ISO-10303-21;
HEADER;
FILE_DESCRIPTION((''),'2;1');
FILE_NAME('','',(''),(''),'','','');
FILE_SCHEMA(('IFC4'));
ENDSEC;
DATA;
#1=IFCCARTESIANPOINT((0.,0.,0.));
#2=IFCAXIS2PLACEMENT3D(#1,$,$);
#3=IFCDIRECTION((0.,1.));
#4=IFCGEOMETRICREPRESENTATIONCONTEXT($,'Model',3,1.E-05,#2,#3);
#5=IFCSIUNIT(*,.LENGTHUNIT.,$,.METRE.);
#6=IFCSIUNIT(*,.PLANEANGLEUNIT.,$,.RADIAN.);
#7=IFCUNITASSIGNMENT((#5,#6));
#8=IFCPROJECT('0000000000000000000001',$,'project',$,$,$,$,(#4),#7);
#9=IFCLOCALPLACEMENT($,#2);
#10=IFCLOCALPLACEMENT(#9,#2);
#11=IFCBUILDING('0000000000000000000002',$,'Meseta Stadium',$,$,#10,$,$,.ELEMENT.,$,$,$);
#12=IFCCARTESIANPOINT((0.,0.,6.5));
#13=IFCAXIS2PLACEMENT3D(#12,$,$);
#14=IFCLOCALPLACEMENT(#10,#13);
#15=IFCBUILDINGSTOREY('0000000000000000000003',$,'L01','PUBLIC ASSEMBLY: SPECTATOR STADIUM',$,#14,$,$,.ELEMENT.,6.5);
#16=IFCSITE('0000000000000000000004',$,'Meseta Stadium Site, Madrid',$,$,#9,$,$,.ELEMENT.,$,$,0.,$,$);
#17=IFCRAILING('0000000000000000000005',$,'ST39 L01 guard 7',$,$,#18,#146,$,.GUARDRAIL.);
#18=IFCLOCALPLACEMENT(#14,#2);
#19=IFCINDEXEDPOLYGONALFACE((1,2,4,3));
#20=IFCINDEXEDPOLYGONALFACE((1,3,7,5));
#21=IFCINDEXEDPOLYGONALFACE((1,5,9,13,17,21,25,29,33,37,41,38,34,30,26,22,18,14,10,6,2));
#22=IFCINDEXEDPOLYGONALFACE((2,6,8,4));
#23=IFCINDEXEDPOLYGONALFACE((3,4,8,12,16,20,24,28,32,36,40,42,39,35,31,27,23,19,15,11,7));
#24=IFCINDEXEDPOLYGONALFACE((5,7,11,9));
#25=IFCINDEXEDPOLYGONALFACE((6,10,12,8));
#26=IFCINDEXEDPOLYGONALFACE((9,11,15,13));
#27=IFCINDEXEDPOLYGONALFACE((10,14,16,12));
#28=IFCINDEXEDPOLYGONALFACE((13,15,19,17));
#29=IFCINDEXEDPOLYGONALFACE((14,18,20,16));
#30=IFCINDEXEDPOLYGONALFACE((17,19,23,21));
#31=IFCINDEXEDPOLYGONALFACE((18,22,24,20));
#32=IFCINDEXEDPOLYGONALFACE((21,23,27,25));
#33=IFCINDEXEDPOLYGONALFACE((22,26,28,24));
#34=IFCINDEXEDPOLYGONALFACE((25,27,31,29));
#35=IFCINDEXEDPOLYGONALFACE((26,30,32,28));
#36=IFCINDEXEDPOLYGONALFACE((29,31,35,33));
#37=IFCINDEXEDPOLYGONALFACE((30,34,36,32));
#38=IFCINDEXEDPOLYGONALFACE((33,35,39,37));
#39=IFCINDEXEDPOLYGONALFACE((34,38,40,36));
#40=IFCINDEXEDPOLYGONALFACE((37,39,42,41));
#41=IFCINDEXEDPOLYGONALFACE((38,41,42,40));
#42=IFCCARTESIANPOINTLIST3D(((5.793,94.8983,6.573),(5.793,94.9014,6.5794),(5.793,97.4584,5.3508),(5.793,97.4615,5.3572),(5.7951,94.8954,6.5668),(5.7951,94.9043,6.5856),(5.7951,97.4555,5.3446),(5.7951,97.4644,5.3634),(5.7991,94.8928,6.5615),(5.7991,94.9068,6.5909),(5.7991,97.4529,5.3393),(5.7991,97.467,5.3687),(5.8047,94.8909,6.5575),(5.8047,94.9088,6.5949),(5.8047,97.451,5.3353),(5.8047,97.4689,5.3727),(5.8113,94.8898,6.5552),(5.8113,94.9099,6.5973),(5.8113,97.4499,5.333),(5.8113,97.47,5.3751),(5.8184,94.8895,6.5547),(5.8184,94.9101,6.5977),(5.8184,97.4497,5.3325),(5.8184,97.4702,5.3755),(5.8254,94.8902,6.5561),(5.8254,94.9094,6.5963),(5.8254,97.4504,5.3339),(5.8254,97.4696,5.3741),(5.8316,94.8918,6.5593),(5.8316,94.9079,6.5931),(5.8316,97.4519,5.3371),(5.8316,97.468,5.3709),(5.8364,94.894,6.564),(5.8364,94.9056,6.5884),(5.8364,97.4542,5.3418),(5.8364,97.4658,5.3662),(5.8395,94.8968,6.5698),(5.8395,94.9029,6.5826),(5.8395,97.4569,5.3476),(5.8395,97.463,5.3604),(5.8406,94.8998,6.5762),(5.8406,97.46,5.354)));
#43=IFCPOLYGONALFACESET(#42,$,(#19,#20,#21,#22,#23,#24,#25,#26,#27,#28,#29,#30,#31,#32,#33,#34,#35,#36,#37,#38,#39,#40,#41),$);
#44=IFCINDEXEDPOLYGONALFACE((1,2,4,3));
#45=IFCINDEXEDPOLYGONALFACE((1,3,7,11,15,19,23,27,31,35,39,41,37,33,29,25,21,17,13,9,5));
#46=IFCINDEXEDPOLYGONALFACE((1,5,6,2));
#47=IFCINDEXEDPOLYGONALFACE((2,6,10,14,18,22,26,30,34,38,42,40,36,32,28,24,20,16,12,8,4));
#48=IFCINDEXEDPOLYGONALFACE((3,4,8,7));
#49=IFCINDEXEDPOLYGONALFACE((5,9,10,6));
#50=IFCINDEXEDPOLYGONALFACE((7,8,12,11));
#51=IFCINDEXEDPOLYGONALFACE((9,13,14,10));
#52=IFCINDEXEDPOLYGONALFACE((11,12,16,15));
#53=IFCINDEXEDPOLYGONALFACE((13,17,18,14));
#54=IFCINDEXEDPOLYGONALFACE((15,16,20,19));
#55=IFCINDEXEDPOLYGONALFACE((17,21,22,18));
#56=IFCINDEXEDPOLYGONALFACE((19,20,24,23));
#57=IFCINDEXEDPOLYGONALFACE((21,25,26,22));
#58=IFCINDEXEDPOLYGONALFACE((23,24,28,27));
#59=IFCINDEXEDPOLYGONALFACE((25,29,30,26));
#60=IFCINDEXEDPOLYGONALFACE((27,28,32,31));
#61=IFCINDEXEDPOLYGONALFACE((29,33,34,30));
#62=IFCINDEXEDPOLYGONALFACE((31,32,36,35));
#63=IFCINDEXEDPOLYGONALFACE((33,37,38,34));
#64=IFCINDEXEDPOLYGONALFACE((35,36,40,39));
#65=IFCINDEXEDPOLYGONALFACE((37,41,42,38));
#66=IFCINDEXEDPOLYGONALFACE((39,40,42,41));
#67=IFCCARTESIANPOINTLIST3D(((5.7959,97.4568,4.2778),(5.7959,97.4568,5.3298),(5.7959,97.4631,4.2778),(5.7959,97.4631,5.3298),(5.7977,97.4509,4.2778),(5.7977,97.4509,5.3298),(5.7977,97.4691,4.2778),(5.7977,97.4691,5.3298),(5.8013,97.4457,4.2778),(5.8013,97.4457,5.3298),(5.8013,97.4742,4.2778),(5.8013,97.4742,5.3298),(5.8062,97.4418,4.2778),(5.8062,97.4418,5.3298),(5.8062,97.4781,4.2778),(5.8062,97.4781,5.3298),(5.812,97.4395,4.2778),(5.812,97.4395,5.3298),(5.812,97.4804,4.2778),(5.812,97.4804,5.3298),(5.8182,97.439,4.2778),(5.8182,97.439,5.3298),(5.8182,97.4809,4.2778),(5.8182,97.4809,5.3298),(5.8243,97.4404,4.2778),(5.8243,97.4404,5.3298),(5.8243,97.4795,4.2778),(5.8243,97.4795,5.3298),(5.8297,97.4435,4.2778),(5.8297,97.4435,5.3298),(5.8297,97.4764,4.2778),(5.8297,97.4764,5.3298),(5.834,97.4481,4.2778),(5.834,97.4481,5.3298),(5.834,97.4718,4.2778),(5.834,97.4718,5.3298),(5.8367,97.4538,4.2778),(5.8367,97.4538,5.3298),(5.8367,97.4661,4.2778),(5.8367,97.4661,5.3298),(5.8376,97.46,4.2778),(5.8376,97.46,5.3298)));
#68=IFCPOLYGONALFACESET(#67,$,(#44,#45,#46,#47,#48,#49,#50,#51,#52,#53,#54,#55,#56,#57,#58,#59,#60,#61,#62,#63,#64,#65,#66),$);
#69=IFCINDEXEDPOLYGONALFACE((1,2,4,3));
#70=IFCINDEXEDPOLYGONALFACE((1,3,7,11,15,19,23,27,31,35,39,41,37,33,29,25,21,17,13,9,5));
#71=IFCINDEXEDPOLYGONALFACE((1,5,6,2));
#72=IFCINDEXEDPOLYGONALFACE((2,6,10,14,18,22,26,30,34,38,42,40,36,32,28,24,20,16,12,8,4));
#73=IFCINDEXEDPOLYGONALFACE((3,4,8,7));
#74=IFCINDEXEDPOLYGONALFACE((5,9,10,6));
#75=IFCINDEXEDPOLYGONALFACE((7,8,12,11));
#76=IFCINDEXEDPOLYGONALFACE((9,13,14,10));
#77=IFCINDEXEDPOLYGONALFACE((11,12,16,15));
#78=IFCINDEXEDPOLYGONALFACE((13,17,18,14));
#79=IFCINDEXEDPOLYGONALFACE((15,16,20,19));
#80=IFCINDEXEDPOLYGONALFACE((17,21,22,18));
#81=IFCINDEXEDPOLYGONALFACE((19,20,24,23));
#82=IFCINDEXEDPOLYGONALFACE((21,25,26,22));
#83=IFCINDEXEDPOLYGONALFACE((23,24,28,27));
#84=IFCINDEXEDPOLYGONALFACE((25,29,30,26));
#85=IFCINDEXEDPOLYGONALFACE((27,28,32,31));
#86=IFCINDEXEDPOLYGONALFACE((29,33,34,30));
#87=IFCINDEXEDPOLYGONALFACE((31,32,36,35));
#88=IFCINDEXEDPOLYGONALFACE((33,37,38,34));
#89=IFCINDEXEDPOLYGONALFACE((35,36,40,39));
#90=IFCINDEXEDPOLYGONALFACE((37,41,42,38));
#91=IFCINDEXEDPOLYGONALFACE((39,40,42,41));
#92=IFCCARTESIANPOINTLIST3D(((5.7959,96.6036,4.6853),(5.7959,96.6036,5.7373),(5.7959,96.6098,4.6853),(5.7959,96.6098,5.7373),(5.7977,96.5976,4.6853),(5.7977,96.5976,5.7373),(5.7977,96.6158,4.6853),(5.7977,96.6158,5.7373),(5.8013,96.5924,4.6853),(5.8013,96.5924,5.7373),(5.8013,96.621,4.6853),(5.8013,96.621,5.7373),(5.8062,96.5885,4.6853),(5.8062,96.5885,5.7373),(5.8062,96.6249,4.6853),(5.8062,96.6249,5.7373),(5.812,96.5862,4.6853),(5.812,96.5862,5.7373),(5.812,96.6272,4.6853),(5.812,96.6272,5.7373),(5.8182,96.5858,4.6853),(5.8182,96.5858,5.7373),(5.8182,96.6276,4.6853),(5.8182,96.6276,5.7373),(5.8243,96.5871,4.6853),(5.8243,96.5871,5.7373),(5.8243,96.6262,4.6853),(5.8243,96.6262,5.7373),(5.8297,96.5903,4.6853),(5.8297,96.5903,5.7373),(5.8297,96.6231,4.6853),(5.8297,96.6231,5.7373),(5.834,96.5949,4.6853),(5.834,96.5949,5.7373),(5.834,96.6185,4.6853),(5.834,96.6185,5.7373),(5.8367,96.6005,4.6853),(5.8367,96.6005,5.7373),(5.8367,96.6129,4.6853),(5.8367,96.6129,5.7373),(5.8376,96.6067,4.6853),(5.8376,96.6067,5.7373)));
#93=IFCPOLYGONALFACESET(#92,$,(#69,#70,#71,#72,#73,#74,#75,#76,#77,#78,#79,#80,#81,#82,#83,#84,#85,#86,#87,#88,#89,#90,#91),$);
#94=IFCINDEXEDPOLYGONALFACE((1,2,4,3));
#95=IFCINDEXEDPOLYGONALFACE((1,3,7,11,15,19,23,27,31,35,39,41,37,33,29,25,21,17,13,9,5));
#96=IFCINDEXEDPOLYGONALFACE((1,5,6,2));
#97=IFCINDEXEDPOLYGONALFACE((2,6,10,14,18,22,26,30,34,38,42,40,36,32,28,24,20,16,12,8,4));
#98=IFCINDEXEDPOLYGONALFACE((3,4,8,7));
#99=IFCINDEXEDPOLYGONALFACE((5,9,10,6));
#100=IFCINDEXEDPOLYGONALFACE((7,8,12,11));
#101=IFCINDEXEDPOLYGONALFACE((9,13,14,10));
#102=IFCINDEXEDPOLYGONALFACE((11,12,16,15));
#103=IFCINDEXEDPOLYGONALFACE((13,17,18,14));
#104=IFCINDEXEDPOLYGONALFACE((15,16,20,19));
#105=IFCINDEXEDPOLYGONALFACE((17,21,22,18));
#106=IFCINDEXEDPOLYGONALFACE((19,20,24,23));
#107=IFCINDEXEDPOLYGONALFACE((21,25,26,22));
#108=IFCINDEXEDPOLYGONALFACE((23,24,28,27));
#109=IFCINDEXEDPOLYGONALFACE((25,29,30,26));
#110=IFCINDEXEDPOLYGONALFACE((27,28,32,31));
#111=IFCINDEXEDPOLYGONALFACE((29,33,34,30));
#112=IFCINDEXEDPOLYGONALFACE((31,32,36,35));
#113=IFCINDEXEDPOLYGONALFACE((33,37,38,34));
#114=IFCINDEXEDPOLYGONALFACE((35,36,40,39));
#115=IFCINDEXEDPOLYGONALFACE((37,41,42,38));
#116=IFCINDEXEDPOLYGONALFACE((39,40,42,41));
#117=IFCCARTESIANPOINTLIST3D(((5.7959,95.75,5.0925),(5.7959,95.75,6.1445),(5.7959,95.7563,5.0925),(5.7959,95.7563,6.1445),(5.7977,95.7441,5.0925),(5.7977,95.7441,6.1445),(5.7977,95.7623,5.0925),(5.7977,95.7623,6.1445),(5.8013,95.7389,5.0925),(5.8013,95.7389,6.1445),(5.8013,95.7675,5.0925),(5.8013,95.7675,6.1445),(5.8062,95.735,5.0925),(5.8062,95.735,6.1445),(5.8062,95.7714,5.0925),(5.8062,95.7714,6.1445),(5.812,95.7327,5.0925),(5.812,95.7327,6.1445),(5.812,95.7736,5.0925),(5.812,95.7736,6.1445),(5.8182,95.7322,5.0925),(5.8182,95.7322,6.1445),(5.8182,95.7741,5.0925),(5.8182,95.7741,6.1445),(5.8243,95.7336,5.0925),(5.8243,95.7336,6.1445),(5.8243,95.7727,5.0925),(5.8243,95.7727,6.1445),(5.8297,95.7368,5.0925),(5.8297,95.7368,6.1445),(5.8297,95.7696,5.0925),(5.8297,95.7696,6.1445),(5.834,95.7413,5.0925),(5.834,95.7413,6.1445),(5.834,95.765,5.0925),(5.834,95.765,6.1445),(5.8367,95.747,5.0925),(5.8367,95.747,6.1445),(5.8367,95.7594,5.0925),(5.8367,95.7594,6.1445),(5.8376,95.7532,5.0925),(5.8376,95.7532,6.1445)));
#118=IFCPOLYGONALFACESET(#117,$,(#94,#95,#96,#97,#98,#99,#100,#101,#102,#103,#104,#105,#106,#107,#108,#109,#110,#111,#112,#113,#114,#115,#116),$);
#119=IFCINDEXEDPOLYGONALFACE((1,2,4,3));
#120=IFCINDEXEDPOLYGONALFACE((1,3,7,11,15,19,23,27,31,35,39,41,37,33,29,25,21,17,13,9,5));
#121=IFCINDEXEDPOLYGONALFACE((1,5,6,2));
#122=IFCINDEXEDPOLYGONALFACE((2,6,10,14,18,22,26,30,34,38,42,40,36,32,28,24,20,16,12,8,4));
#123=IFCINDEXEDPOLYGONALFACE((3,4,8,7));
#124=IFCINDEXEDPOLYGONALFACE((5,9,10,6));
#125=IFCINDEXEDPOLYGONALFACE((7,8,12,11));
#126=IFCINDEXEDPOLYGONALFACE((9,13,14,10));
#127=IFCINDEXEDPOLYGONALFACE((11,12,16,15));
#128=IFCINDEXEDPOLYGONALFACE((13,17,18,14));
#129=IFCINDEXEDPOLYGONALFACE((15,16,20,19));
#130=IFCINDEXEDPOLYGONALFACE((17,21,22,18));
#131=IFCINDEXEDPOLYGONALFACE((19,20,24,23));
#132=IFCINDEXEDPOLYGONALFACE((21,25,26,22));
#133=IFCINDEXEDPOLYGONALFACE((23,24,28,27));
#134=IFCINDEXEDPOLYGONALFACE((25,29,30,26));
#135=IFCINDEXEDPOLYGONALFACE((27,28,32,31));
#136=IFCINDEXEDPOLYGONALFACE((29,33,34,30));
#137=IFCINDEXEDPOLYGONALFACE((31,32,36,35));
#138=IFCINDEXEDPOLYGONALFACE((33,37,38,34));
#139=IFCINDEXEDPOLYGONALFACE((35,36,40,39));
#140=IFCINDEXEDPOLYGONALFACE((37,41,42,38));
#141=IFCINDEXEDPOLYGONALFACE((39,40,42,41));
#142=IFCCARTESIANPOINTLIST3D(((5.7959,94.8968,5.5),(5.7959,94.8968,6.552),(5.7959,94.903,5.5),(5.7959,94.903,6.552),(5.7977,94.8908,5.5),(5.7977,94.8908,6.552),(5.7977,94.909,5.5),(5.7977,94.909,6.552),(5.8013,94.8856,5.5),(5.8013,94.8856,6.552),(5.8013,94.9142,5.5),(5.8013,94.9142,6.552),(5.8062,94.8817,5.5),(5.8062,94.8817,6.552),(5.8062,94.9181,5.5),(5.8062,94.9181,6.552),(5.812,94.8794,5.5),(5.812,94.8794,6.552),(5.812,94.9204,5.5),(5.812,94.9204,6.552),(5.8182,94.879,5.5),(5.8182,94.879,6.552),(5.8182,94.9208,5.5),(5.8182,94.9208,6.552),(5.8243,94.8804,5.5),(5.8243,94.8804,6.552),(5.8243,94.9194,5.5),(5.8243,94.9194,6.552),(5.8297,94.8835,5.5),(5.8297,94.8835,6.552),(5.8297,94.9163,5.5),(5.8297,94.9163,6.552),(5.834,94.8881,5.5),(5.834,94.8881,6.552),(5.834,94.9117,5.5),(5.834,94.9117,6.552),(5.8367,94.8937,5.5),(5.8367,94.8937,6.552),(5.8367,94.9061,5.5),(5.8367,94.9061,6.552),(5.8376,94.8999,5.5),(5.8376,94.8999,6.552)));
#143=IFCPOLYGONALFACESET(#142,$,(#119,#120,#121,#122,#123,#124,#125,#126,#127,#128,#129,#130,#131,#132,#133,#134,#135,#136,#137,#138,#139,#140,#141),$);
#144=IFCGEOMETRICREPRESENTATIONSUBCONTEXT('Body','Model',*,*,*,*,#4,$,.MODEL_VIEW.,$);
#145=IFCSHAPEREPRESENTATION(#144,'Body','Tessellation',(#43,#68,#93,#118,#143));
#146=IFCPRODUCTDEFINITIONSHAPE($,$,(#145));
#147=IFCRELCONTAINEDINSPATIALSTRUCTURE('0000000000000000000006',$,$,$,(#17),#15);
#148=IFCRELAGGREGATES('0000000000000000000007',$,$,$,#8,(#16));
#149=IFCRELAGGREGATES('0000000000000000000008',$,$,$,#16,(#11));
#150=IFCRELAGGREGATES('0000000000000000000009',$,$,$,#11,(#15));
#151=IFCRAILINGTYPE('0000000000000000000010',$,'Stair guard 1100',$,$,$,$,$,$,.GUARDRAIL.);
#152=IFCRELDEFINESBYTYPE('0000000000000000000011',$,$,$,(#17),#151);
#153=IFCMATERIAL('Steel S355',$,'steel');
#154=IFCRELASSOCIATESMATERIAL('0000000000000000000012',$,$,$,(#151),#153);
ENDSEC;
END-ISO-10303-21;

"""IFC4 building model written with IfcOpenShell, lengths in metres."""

from ifc_helpers import new_model, si_unit, direction, frame, origin, origin_2d, place, context, subcontext, project, spatial, circle, extrude, material, type_object, element, save


model = new_model("IFC4")

# Units and contexts
model_context = context("Model", 3, precision=1e-05, world=origin(), true_north=direction((0.0, 1.0)))
body_context = subcontext(model_context, "Body", "Model", "MODEL_VIEW")
ifc_project = project(units=[si_unit("LENGTHUNIT", "METRE"), si_unit("PLANEANGLEUNIT", "RADIAN")], contexts=[model_context])

# Site, building, storey
site_placement = place(None, origin())
site = spatial("IfcSite", under=ifc_project, at=site_placement, Name="Meseta Stadium Site, Madrid", CompositionType="ELEMENT", RefElevation=0.0)
building_placement = place(site_placement, origin())
building = spatial("IfcBuilding", under=site, at=building_placement, Name="Meseta Stadium", CompositionType="ELEMENT")
storey_placement = place(building_placement, frame((0.0, 0.0, 6.5)))
storey = spatial("IfcBuildingStorey", under=building, at=storey_placement, Name="L01", Description="PUBLIC ASSEMBLY: SPECTATOR STADIUM", CompositionType="ELEMENT", Elevation=6.5)

# Railing
ifc_material_1 = material(Name="Steel S355", Category="steel")
railing_type_1 = type_object("IfcRailingType", Name="Stair guard 1100", PredefinedType="GUARDRAIL", material=ifc_material_1)
railing_1_placement = place(storey_placement, frame((5.8167, 97.46, 4.2778)))
element("IfcRailing", 1, at=railing_1_placement, inside=storey, type_object=railing_type_1, Name="ST39 L01 guard 7", PredefinedType="GUARDRAIL", context=body_context, shape_type="SweptSolid", body=[
    extrude(circle(Radius=0.0239, at=origin_2d()), frame((0.0, 0.0, 1.0762), z_axis=(0.0, -0.902437, 0.430822), x_axis=(1.0, 0.0, 0.0)), (0.0, 0.0, 1.0), 2.8369),
    extrude(circle(Radius=0.021, at=origin_2d()), origin(), (0.0, 0.0, 1.0), 1.052),
    extrude(circle(Radius=0.021, at=origin_2d()), frame((0.0, -0.8533, 0.4075)), (0.0, 0.0, 1.0), 1.052),
    extrude(circle(Radius=0.021, at=origin_2d()), frame((0.0, -1.7068, 0.8147)), (0.0, 0.0, 1.0), 1.052),
    extrude(circle(Radius=0.021, at=origin_2d()), frame((0.0, -2.5601, 1.2222)), (0.0, 0.0, 1.0), 1.052),
])

save(model, "model.ifc")
